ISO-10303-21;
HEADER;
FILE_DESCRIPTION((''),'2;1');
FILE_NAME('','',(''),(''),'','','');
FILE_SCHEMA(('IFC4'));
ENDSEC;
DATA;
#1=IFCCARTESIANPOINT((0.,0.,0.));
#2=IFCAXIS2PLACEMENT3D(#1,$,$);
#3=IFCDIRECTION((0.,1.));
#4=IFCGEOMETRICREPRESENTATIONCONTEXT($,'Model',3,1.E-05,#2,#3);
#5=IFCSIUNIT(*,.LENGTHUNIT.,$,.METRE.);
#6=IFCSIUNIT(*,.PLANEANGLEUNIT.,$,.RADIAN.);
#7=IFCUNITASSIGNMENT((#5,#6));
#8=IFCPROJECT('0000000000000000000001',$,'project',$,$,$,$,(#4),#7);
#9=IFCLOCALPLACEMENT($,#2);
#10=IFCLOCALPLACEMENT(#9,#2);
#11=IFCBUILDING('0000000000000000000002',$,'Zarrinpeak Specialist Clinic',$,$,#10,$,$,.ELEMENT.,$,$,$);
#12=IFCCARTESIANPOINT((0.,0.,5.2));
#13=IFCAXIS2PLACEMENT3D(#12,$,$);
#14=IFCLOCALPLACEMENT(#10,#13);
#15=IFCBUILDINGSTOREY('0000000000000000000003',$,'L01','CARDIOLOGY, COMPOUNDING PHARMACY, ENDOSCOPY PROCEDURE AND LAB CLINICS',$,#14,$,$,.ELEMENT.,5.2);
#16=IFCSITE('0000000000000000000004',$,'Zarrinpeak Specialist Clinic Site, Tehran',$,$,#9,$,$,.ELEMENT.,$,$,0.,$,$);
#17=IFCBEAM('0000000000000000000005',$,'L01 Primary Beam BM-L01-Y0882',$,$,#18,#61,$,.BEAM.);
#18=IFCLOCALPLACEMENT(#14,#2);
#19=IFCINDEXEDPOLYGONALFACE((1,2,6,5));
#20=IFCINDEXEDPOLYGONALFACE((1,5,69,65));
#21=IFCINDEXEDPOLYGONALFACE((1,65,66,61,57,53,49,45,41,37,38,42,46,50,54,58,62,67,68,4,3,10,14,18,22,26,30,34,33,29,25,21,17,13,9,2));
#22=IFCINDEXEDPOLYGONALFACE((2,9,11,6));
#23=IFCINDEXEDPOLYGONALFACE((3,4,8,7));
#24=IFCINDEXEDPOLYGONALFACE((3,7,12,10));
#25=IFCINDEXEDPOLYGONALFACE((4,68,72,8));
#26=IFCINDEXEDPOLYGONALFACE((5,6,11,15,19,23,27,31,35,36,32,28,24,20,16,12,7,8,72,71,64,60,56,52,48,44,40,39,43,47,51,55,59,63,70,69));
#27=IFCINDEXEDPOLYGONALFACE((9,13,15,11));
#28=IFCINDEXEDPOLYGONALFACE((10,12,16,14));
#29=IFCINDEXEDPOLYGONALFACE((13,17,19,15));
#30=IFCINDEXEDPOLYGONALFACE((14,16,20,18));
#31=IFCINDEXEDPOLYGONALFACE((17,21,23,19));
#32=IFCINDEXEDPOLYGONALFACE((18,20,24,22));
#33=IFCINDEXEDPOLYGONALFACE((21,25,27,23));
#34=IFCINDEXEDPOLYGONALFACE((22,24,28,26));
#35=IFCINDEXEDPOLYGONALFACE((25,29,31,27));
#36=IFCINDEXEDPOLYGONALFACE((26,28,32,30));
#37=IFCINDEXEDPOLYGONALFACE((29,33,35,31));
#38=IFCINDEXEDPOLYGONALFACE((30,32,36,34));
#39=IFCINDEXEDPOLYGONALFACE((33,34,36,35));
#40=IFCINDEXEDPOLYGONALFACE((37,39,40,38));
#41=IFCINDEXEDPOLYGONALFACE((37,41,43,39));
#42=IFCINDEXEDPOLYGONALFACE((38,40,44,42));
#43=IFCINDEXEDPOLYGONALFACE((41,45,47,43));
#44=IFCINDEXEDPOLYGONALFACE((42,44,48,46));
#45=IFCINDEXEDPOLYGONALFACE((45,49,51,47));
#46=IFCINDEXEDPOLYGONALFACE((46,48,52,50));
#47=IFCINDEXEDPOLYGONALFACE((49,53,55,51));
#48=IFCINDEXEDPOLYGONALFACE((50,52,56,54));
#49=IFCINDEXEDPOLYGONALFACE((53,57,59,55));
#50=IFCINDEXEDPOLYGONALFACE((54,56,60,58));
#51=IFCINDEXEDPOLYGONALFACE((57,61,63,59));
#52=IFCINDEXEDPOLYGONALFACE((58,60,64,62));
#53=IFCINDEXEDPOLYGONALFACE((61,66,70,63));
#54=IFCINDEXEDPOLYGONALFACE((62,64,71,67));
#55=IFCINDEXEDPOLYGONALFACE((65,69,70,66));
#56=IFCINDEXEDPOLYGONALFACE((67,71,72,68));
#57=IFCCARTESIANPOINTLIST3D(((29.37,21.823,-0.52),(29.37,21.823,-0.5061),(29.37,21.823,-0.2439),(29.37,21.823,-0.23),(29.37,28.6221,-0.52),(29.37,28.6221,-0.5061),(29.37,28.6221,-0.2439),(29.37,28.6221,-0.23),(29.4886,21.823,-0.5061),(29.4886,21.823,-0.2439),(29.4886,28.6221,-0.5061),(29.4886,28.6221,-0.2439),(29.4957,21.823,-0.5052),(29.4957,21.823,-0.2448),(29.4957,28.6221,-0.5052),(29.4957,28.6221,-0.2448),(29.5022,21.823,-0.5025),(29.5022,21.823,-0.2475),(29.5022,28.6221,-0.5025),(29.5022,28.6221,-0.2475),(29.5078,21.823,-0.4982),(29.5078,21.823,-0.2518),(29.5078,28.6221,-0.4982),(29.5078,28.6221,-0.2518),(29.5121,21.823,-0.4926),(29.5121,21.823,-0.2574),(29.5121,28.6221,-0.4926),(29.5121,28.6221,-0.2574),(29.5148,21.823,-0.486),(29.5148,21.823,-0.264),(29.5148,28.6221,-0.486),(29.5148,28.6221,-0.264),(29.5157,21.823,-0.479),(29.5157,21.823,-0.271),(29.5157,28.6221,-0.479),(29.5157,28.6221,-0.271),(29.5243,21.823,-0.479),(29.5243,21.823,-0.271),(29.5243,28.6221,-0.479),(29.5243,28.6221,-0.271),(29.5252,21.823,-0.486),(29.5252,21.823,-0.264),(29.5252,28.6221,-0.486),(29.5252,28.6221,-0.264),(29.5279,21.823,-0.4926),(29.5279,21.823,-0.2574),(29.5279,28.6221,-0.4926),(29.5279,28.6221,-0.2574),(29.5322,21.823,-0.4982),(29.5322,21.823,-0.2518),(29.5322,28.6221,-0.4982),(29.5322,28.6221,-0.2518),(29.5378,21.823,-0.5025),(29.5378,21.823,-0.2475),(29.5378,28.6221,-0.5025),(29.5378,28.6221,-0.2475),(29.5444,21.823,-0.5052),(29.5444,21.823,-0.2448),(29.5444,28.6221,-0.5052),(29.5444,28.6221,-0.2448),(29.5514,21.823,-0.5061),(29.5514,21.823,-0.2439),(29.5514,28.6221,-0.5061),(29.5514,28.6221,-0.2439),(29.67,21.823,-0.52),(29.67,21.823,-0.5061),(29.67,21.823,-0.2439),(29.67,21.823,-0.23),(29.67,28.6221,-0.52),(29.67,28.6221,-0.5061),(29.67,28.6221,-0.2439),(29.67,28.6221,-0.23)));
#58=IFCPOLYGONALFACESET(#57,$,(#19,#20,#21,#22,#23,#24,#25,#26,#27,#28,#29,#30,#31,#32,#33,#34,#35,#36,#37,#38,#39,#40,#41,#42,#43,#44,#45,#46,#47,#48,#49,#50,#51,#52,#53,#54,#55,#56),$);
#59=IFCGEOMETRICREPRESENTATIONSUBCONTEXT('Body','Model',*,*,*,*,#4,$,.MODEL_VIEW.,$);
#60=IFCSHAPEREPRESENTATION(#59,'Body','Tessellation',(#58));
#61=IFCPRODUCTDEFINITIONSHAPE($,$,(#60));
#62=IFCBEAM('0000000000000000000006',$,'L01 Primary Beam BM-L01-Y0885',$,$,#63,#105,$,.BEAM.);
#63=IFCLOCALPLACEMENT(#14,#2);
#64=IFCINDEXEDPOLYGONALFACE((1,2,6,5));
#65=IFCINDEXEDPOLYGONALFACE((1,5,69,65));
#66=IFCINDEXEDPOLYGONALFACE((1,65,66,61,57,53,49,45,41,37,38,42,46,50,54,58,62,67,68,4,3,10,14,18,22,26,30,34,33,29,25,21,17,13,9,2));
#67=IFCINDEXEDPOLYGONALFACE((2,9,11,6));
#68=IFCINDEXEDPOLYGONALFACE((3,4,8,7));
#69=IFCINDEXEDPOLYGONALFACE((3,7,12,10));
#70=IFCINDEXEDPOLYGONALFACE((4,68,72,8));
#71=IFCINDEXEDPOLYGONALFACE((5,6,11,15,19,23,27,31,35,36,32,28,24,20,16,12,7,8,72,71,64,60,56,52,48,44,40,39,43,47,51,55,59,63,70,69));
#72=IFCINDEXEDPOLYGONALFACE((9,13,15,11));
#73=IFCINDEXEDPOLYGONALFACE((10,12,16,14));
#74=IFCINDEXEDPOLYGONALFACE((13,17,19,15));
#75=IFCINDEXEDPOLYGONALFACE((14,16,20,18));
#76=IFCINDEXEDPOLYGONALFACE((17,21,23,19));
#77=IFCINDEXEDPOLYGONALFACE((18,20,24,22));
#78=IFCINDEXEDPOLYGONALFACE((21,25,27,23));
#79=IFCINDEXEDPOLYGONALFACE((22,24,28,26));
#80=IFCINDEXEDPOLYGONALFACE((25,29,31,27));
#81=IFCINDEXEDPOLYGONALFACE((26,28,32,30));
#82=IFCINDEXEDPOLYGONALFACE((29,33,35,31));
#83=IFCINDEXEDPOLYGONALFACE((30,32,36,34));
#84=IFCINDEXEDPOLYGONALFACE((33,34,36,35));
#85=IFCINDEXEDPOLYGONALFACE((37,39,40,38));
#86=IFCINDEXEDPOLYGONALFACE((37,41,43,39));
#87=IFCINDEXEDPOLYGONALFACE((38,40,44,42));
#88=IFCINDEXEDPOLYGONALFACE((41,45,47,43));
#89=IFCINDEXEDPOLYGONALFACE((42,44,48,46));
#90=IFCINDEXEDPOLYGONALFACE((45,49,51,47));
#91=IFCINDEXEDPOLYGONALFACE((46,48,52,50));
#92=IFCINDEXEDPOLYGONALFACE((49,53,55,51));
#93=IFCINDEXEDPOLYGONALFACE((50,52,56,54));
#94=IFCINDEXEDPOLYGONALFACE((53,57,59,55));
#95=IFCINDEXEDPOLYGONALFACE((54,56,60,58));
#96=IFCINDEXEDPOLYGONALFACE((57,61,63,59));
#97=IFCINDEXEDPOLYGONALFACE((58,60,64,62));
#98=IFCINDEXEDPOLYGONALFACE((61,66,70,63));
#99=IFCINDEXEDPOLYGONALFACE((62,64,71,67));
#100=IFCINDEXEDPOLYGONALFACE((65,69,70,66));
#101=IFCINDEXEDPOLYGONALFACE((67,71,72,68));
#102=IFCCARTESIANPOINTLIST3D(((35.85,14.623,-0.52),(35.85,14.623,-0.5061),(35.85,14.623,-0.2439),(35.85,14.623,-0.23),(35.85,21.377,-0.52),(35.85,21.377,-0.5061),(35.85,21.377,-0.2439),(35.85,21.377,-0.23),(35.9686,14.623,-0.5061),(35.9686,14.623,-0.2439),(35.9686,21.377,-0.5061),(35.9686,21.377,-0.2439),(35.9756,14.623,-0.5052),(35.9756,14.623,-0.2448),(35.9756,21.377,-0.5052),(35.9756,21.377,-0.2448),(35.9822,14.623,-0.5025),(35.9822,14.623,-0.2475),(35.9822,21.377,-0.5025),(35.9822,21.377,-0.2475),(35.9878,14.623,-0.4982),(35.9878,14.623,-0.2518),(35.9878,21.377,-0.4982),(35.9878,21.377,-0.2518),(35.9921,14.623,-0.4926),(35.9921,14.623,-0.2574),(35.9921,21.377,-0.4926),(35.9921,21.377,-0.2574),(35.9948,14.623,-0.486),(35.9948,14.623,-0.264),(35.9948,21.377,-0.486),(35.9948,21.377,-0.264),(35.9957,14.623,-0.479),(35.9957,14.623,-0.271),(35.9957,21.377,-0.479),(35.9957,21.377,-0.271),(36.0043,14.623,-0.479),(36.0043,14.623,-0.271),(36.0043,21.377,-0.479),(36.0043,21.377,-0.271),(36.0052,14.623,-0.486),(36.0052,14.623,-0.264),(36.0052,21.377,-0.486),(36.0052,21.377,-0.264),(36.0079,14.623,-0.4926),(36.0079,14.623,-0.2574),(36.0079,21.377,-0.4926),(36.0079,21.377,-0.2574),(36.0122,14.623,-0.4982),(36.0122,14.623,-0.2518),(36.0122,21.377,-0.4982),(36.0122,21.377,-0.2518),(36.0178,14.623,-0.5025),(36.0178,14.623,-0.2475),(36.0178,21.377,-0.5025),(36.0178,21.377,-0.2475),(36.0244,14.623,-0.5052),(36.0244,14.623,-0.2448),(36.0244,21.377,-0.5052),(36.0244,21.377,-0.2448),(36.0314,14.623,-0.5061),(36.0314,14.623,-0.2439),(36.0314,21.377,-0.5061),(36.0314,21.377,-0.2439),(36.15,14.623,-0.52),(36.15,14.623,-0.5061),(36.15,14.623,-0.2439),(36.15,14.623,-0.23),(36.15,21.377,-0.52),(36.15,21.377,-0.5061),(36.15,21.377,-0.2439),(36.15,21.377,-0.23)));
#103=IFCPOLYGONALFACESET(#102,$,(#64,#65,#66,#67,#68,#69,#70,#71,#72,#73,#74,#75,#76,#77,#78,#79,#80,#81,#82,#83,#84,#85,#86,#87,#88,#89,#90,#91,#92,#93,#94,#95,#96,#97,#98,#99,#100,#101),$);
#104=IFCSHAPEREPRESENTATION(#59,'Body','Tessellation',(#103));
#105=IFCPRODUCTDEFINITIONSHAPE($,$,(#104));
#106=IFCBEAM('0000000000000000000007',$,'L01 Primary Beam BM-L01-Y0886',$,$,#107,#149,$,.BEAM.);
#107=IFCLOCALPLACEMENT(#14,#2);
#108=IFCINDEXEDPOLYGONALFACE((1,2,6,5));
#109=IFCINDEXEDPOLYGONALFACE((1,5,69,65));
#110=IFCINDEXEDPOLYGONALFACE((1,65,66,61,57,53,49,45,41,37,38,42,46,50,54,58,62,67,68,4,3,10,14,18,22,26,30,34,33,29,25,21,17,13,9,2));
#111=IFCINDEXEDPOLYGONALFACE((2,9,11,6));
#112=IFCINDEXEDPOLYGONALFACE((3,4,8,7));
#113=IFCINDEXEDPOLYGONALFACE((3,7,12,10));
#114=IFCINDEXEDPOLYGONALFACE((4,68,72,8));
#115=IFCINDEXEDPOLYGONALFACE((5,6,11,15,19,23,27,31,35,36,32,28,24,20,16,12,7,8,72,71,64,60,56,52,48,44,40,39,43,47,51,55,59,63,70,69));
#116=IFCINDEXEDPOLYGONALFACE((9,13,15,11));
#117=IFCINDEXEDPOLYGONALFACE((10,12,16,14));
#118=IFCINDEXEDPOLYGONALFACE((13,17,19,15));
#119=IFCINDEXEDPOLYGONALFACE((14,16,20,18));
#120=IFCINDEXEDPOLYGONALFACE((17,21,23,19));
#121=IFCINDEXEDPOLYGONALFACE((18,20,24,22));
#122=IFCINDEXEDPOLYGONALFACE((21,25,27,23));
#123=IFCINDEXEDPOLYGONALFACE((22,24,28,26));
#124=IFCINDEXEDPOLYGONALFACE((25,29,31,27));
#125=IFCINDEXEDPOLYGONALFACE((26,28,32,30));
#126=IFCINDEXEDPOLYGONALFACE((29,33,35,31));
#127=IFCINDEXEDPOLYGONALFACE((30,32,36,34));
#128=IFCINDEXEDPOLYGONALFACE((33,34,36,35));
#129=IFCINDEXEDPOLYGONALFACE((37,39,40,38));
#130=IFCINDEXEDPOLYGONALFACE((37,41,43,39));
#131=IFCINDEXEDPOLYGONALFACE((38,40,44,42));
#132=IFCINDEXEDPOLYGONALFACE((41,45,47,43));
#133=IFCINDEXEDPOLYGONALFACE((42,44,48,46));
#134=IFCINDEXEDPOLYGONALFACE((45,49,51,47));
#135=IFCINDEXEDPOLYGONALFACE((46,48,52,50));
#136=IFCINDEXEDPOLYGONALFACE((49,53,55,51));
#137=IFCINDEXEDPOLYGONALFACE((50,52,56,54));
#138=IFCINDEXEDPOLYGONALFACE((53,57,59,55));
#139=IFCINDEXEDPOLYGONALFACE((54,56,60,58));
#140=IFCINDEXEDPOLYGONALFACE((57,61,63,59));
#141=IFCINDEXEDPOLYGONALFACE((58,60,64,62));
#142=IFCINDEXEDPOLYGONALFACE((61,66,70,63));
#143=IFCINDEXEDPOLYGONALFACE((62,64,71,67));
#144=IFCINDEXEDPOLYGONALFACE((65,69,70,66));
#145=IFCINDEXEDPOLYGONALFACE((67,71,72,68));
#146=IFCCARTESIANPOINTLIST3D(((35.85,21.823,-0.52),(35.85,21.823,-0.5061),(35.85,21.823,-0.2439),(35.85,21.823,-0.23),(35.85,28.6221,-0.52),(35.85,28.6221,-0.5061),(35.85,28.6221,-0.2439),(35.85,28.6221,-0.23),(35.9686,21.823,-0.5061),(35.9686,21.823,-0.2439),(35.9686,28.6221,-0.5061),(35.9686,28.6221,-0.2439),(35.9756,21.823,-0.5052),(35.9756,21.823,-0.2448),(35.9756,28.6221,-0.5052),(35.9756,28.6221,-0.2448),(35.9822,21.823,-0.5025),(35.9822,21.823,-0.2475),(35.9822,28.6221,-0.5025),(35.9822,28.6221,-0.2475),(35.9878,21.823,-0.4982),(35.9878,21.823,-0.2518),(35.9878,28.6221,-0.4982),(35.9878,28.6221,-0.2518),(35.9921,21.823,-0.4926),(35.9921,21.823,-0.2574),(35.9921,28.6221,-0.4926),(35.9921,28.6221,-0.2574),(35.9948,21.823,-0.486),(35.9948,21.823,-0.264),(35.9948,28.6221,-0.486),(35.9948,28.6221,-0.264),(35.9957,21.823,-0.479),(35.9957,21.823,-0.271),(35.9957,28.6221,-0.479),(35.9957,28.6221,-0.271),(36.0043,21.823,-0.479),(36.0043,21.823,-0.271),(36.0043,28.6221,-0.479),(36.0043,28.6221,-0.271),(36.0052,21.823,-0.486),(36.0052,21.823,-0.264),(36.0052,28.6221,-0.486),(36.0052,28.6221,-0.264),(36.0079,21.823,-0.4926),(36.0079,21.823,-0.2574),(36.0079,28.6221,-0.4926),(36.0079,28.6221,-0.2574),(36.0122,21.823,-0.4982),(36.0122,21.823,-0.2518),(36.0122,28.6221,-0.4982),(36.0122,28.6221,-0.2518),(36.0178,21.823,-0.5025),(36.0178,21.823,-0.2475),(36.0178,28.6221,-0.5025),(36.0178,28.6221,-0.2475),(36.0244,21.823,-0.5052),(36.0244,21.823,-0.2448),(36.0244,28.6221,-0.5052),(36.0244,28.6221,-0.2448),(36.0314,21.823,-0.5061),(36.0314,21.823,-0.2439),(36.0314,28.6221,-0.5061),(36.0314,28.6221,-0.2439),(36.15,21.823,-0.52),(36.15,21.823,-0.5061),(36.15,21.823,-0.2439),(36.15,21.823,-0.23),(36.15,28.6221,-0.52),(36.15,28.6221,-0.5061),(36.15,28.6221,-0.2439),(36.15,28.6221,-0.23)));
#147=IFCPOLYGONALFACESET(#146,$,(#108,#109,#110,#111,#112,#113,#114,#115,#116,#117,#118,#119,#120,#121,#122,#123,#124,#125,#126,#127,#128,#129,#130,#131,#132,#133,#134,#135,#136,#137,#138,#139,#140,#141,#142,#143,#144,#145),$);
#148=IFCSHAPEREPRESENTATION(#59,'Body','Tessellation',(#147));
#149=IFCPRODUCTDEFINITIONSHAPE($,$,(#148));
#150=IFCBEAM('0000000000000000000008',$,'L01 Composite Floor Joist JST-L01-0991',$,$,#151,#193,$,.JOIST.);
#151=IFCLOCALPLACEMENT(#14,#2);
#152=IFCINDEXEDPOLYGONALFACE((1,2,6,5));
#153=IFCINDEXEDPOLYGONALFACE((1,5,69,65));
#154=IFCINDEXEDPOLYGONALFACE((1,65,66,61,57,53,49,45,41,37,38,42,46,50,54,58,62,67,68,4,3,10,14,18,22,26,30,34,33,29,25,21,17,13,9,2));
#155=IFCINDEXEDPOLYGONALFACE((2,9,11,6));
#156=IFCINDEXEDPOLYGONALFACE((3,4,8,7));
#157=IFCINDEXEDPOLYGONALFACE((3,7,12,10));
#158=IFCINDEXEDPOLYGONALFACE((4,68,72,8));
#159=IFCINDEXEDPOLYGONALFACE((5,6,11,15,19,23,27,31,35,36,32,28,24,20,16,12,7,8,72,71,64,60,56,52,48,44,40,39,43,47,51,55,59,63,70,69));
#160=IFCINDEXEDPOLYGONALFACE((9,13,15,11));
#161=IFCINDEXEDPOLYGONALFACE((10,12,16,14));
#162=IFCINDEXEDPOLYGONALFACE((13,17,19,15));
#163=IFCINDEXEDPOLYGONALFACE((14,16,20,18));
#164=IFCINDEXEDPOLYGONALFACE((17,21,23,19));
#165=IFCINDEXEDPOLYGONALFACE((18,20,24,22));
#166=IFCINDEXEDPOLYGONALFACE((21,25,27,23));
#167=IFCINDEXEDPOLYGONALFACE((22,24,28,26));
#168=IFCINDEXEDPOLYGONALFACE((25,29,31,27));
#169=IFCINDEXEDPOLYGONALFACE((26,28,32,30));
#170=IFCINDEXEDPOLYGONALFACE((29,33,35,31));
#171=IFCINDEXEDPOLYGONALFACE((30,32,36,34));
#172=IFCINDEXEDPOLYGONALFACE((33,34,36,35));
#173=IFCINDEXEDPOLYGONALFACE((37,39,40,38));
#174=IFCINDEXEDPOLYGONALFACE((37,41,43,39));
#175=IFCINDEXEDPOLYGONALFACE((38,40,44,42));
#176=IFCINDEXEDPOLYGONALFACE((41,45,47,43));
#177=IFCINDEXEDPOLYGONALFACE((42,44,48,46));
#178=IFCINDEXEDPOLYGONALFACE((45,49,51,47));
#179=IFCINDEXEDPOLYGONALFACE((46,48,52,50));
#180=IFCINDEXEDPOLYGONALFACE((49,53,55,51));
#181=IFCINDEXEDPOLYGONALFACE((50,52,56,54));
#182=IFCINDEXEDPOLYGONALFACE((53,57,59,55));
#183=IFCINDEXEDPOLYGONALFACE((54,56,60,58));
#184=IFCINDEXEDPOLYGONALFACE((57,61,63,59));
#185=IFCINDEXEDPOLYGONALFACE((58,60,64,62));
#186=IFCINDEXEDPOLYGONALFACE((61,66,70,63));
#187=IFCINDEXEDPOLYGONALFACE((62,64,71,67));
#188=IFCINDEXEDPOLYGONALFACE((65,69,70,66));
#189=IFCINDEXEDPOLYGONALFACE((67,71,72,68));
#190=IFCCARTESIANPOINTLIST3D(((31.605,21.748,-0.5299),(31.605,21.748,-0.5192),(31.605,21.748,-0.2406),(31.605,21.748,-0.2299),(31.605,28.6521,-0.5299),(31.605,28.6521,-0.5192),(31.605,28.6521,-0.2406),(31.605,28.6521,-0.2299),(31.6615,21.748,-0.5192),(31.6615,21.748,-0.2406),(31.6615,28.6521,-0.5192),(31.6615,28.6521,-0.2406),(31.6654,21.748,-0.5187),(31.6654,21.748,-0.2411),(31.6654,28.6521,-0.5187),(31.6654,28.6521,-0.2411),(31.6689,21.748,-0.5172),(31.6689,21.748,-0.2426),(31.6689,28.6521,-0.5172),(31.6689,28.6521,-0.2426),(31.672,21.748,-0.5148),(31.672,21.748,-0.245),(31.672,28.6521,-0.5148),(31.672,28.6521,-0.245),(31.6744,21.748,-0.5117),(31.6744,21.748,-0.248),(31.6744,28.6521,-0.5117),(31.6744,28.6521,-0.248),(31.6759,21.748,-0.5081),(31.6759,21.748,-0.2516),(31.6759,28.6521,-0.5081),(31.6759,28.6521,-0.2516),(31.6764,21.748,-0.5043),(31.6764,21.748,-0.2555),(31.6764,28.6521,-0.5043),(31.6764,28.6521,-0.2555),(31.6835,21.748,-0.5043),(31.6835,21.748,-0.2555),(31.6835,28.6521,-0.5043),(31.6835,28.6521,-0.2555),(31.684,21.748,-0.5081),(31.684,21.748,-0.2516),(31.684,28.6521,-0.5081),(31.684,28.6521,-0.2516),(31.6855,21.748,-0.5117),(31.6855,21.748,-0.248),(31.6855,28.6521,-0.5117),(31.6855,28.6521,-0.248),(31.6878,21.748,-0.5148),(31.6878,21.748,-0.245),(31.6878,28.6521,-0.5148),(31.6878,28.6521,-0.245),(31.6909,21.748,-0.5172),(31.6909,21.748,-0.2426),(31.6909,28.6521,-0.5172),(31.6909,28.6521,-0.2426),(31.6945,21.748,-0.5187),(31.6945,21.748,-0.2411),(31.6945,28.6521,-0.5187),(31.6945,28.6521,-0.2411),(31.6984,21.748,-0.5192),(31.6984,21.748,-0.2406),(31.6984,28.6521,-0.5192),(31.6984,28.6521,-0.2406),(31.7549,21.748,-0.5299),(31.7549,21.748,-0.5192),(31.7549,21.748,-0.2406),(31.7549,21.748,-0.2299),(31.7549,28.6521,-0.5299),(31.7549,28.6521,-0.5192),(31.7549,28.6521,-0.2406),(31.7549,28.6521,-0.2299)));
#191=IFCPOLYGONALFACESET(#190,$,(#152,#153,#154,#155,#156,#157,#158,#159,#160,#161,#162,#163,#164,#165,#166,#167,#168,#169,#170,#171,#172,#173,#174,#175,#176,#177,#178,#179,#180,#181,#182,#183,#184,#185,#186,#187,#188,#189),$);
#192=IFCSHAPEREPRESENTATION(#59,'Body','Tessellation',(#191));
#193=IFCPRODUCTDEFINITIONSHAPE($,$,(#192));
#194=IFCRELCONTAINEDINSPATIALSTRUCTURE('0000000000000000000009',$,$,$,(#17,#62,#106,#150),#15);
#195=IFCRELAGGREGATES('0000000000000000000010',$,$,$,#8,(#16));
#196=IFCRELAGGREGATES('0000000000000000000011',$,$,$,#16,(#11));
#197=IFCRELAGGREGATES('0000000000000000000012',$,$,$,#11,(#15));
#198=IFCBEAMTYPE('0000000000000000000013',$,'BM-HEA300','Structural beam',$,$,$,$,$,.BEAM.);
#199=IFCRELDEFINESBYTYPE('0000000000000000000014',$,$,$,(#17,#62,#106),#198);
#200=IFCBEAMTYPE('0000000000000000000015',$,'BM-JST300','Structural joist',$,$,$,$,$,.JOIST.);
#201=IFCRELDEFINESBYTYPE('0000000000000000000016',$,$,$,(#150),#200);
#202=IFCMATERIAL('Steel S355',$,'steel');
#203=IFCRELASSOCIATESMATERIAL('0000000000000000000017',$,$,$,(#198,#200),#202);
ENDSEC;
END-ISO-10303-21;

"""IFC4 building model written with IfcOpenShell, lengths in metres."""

from ifc_helpers import new_model, si_unit, direction, frame, origin, origin_2d, place, context, subcontext, project, spatial, i_section, extrude, material, material_profile, profile_set, type_object, element, save


model = new_model("IFC4")

# Units and contexts
model_context = context("Model", 3, precision=1e-05, world=origin(), true_north=direction((0.0, 1.0)))
body_context = subcontext(model_context, "Body", "Model", "MODEL_VIEW")
ifc_project = project(units=[si_unit("LENGTHUNIT", "METRE"), si_unit("PLANEANGLEUNIT", "RADIAN")], contexts=[model_context])

# Site, building, storey
site_placement = place(None, origin())
site = spatial("IfcSite", under=ifc_project, at=site_placement, Name="Zarrinpeak Specialist Clinic Site, Tehran", CompositionType="ELEMENT", RefElevation=0.0)
building_placement = place(site_placement, origin())
building = spatial("IfcBuilding", under=site, at=building_placement, Name="Zarrinpeak Specialist Clinic", CompositionType="ELEMENT")
storey_placement = place(building_placement, frame((0.0, 0.0, 5.2)))
storey = spatial("IfcBuildingStorey", under=building, at=storey_placement, Name="L01", Description="CARDIOLOGY, COMPOUNDING PHARMACY, ENDOSCOPY PROCEDURE AND LAB CLINICS", CompositionType="ELEMENT", Elevation=5.2)

# Shared definitions
ifc_material_1 = material(Name="Steel S355", Category="steel")

# Beams
ifc_material_profile_1 = material_profile(ifc_material_1, i_section(OverallWidth=0.3, OverallDepth=0.29, WebThickness=0.0085, FlangeThickness=0.0139, FilletRadius=0.0271, at=origin_2d()), Name="HEA 300")
ifc_profile_set_1 = profile_set([ifc_material_profile_1], Name="Steel S355")
beam_type_1 = type_object("IfcBeamType", Name="BM-HEA300", Description="Structural beam", PredefinedType="BEAM", material=ifc_profile_set_1)
beam_1_placement = place(storey_placement, frame((29.52, 21.823, -0.375), z_axis=(0.0, 1.0, 0.0), x_axis=(-1.0, 0.0, 0.0)))
element("IfcBeam", 1, at=beam_1_placement, inside=storey, type_object=beam_type_1, Name="L01 Primary Beam BM-L01-Y0882", PredefinedType="BEAM", context=body_context, shape_type="SweptSolid", body=[
    extrude(i_section(OverallWidth=0.3, OverallDepth=0.29, WebThickness=0.0085, FlangeThickness=0.0139, FilletRadius=0.0271, at=origin_2d()), origin(), (0.0, 0.0, 1.0), 6.7991),
])
beam_2_placement = place(storey_placement, frame((36.0, 14.623, -0.375), z_axis=(0.0, 1.0, 0.0), x_axis=(-1.0, 0.0, 0.0)))
element("IfcBeam", 2, at=beam_2_placement, inside=storey, type_object=beam_type_1, Name="L01 Primary Beam BM-L01-Y0885", PredefinedType="BEAM", context=body_context, shape_type="SweptSolid", body=[
    extrude(i_section(OverallWidth=0.3, OverallDepth=0.29, WebThickness=0.0085, FlangeThickness=0.0139, FilletRadius=0.0271, at=origin_2d()), origin(), (0.0, 0.0, 1.0), 6.7539),
])
beam_3_placement = place(storey_placement, frame((36.0, 21.823, -0.375), z_axis=(0.0, 1.0, 0.0), x_axis=(-1.0, 0.0, 0.0)))
element("IfcBeam", 3, at=beam_3_placement, inside=storey, type_object=beam_type_1, Name="L01 Primary Beam BM-L01-Y0886", PredefinedType="BEAM", context=body_context, shape_type="SweptSolid", body=[
    extrude(i_section(OverallWidth=0.3, OverallDepth=0.29, WebThickness=0.0085, FlangeThickness=0.0139, FilletRadius=0.0271, at=origin_2d()), origin(), (0.0, 0.0, 1.0), 6.7991),
])
ifc_material_profile_2 = material_profile(ifc_material_1, i_section(OverallWidth=0.1499, OverallDepth=0.3, WebThickness=0.0071, FlangeThickness=0.0107, FilletRadius=0.0149, at=origin_2d()), Name="IPE 300")
ifc_profile_set_2 = profile_set([ifc_material_profile_2], Name="Steel S355")
beam_type_2 = type_object("IfcBeamType", Name="BM-JST300", Description="Structural joist", PredefinedType="JOIST", material=ifc_profile_set_2)
for number, where, z_axis, x_axis, name in (
    (4, (31.6799, 21.748, -0.3799), (0.0, 1.0, 0.0), (-1.0, 0.0, 0.0), "L01 Composite Floor Joist JST-L01-0991"),
):
    element("IfcBeam", number, at=place(storey_placement, frame(where, z_axis=z_axis, x_axis=x_axis)), inside=storey, type_object=beam_type_2, Name=name, PredefinedType="JOIST", context=body_context, shape_type="SweptSolid", body=[
        extrude(i_section(OverallWidth=0.1499, OverallDepth=0.3, WebThickness=0.0071, FlangeThickness=0.0107, FilletRadius=0.0149, at=origin_2d()), origin(), (0.0, 0.0, 1.0), 6.9041),
    ])

save(model, "model.ifc")
